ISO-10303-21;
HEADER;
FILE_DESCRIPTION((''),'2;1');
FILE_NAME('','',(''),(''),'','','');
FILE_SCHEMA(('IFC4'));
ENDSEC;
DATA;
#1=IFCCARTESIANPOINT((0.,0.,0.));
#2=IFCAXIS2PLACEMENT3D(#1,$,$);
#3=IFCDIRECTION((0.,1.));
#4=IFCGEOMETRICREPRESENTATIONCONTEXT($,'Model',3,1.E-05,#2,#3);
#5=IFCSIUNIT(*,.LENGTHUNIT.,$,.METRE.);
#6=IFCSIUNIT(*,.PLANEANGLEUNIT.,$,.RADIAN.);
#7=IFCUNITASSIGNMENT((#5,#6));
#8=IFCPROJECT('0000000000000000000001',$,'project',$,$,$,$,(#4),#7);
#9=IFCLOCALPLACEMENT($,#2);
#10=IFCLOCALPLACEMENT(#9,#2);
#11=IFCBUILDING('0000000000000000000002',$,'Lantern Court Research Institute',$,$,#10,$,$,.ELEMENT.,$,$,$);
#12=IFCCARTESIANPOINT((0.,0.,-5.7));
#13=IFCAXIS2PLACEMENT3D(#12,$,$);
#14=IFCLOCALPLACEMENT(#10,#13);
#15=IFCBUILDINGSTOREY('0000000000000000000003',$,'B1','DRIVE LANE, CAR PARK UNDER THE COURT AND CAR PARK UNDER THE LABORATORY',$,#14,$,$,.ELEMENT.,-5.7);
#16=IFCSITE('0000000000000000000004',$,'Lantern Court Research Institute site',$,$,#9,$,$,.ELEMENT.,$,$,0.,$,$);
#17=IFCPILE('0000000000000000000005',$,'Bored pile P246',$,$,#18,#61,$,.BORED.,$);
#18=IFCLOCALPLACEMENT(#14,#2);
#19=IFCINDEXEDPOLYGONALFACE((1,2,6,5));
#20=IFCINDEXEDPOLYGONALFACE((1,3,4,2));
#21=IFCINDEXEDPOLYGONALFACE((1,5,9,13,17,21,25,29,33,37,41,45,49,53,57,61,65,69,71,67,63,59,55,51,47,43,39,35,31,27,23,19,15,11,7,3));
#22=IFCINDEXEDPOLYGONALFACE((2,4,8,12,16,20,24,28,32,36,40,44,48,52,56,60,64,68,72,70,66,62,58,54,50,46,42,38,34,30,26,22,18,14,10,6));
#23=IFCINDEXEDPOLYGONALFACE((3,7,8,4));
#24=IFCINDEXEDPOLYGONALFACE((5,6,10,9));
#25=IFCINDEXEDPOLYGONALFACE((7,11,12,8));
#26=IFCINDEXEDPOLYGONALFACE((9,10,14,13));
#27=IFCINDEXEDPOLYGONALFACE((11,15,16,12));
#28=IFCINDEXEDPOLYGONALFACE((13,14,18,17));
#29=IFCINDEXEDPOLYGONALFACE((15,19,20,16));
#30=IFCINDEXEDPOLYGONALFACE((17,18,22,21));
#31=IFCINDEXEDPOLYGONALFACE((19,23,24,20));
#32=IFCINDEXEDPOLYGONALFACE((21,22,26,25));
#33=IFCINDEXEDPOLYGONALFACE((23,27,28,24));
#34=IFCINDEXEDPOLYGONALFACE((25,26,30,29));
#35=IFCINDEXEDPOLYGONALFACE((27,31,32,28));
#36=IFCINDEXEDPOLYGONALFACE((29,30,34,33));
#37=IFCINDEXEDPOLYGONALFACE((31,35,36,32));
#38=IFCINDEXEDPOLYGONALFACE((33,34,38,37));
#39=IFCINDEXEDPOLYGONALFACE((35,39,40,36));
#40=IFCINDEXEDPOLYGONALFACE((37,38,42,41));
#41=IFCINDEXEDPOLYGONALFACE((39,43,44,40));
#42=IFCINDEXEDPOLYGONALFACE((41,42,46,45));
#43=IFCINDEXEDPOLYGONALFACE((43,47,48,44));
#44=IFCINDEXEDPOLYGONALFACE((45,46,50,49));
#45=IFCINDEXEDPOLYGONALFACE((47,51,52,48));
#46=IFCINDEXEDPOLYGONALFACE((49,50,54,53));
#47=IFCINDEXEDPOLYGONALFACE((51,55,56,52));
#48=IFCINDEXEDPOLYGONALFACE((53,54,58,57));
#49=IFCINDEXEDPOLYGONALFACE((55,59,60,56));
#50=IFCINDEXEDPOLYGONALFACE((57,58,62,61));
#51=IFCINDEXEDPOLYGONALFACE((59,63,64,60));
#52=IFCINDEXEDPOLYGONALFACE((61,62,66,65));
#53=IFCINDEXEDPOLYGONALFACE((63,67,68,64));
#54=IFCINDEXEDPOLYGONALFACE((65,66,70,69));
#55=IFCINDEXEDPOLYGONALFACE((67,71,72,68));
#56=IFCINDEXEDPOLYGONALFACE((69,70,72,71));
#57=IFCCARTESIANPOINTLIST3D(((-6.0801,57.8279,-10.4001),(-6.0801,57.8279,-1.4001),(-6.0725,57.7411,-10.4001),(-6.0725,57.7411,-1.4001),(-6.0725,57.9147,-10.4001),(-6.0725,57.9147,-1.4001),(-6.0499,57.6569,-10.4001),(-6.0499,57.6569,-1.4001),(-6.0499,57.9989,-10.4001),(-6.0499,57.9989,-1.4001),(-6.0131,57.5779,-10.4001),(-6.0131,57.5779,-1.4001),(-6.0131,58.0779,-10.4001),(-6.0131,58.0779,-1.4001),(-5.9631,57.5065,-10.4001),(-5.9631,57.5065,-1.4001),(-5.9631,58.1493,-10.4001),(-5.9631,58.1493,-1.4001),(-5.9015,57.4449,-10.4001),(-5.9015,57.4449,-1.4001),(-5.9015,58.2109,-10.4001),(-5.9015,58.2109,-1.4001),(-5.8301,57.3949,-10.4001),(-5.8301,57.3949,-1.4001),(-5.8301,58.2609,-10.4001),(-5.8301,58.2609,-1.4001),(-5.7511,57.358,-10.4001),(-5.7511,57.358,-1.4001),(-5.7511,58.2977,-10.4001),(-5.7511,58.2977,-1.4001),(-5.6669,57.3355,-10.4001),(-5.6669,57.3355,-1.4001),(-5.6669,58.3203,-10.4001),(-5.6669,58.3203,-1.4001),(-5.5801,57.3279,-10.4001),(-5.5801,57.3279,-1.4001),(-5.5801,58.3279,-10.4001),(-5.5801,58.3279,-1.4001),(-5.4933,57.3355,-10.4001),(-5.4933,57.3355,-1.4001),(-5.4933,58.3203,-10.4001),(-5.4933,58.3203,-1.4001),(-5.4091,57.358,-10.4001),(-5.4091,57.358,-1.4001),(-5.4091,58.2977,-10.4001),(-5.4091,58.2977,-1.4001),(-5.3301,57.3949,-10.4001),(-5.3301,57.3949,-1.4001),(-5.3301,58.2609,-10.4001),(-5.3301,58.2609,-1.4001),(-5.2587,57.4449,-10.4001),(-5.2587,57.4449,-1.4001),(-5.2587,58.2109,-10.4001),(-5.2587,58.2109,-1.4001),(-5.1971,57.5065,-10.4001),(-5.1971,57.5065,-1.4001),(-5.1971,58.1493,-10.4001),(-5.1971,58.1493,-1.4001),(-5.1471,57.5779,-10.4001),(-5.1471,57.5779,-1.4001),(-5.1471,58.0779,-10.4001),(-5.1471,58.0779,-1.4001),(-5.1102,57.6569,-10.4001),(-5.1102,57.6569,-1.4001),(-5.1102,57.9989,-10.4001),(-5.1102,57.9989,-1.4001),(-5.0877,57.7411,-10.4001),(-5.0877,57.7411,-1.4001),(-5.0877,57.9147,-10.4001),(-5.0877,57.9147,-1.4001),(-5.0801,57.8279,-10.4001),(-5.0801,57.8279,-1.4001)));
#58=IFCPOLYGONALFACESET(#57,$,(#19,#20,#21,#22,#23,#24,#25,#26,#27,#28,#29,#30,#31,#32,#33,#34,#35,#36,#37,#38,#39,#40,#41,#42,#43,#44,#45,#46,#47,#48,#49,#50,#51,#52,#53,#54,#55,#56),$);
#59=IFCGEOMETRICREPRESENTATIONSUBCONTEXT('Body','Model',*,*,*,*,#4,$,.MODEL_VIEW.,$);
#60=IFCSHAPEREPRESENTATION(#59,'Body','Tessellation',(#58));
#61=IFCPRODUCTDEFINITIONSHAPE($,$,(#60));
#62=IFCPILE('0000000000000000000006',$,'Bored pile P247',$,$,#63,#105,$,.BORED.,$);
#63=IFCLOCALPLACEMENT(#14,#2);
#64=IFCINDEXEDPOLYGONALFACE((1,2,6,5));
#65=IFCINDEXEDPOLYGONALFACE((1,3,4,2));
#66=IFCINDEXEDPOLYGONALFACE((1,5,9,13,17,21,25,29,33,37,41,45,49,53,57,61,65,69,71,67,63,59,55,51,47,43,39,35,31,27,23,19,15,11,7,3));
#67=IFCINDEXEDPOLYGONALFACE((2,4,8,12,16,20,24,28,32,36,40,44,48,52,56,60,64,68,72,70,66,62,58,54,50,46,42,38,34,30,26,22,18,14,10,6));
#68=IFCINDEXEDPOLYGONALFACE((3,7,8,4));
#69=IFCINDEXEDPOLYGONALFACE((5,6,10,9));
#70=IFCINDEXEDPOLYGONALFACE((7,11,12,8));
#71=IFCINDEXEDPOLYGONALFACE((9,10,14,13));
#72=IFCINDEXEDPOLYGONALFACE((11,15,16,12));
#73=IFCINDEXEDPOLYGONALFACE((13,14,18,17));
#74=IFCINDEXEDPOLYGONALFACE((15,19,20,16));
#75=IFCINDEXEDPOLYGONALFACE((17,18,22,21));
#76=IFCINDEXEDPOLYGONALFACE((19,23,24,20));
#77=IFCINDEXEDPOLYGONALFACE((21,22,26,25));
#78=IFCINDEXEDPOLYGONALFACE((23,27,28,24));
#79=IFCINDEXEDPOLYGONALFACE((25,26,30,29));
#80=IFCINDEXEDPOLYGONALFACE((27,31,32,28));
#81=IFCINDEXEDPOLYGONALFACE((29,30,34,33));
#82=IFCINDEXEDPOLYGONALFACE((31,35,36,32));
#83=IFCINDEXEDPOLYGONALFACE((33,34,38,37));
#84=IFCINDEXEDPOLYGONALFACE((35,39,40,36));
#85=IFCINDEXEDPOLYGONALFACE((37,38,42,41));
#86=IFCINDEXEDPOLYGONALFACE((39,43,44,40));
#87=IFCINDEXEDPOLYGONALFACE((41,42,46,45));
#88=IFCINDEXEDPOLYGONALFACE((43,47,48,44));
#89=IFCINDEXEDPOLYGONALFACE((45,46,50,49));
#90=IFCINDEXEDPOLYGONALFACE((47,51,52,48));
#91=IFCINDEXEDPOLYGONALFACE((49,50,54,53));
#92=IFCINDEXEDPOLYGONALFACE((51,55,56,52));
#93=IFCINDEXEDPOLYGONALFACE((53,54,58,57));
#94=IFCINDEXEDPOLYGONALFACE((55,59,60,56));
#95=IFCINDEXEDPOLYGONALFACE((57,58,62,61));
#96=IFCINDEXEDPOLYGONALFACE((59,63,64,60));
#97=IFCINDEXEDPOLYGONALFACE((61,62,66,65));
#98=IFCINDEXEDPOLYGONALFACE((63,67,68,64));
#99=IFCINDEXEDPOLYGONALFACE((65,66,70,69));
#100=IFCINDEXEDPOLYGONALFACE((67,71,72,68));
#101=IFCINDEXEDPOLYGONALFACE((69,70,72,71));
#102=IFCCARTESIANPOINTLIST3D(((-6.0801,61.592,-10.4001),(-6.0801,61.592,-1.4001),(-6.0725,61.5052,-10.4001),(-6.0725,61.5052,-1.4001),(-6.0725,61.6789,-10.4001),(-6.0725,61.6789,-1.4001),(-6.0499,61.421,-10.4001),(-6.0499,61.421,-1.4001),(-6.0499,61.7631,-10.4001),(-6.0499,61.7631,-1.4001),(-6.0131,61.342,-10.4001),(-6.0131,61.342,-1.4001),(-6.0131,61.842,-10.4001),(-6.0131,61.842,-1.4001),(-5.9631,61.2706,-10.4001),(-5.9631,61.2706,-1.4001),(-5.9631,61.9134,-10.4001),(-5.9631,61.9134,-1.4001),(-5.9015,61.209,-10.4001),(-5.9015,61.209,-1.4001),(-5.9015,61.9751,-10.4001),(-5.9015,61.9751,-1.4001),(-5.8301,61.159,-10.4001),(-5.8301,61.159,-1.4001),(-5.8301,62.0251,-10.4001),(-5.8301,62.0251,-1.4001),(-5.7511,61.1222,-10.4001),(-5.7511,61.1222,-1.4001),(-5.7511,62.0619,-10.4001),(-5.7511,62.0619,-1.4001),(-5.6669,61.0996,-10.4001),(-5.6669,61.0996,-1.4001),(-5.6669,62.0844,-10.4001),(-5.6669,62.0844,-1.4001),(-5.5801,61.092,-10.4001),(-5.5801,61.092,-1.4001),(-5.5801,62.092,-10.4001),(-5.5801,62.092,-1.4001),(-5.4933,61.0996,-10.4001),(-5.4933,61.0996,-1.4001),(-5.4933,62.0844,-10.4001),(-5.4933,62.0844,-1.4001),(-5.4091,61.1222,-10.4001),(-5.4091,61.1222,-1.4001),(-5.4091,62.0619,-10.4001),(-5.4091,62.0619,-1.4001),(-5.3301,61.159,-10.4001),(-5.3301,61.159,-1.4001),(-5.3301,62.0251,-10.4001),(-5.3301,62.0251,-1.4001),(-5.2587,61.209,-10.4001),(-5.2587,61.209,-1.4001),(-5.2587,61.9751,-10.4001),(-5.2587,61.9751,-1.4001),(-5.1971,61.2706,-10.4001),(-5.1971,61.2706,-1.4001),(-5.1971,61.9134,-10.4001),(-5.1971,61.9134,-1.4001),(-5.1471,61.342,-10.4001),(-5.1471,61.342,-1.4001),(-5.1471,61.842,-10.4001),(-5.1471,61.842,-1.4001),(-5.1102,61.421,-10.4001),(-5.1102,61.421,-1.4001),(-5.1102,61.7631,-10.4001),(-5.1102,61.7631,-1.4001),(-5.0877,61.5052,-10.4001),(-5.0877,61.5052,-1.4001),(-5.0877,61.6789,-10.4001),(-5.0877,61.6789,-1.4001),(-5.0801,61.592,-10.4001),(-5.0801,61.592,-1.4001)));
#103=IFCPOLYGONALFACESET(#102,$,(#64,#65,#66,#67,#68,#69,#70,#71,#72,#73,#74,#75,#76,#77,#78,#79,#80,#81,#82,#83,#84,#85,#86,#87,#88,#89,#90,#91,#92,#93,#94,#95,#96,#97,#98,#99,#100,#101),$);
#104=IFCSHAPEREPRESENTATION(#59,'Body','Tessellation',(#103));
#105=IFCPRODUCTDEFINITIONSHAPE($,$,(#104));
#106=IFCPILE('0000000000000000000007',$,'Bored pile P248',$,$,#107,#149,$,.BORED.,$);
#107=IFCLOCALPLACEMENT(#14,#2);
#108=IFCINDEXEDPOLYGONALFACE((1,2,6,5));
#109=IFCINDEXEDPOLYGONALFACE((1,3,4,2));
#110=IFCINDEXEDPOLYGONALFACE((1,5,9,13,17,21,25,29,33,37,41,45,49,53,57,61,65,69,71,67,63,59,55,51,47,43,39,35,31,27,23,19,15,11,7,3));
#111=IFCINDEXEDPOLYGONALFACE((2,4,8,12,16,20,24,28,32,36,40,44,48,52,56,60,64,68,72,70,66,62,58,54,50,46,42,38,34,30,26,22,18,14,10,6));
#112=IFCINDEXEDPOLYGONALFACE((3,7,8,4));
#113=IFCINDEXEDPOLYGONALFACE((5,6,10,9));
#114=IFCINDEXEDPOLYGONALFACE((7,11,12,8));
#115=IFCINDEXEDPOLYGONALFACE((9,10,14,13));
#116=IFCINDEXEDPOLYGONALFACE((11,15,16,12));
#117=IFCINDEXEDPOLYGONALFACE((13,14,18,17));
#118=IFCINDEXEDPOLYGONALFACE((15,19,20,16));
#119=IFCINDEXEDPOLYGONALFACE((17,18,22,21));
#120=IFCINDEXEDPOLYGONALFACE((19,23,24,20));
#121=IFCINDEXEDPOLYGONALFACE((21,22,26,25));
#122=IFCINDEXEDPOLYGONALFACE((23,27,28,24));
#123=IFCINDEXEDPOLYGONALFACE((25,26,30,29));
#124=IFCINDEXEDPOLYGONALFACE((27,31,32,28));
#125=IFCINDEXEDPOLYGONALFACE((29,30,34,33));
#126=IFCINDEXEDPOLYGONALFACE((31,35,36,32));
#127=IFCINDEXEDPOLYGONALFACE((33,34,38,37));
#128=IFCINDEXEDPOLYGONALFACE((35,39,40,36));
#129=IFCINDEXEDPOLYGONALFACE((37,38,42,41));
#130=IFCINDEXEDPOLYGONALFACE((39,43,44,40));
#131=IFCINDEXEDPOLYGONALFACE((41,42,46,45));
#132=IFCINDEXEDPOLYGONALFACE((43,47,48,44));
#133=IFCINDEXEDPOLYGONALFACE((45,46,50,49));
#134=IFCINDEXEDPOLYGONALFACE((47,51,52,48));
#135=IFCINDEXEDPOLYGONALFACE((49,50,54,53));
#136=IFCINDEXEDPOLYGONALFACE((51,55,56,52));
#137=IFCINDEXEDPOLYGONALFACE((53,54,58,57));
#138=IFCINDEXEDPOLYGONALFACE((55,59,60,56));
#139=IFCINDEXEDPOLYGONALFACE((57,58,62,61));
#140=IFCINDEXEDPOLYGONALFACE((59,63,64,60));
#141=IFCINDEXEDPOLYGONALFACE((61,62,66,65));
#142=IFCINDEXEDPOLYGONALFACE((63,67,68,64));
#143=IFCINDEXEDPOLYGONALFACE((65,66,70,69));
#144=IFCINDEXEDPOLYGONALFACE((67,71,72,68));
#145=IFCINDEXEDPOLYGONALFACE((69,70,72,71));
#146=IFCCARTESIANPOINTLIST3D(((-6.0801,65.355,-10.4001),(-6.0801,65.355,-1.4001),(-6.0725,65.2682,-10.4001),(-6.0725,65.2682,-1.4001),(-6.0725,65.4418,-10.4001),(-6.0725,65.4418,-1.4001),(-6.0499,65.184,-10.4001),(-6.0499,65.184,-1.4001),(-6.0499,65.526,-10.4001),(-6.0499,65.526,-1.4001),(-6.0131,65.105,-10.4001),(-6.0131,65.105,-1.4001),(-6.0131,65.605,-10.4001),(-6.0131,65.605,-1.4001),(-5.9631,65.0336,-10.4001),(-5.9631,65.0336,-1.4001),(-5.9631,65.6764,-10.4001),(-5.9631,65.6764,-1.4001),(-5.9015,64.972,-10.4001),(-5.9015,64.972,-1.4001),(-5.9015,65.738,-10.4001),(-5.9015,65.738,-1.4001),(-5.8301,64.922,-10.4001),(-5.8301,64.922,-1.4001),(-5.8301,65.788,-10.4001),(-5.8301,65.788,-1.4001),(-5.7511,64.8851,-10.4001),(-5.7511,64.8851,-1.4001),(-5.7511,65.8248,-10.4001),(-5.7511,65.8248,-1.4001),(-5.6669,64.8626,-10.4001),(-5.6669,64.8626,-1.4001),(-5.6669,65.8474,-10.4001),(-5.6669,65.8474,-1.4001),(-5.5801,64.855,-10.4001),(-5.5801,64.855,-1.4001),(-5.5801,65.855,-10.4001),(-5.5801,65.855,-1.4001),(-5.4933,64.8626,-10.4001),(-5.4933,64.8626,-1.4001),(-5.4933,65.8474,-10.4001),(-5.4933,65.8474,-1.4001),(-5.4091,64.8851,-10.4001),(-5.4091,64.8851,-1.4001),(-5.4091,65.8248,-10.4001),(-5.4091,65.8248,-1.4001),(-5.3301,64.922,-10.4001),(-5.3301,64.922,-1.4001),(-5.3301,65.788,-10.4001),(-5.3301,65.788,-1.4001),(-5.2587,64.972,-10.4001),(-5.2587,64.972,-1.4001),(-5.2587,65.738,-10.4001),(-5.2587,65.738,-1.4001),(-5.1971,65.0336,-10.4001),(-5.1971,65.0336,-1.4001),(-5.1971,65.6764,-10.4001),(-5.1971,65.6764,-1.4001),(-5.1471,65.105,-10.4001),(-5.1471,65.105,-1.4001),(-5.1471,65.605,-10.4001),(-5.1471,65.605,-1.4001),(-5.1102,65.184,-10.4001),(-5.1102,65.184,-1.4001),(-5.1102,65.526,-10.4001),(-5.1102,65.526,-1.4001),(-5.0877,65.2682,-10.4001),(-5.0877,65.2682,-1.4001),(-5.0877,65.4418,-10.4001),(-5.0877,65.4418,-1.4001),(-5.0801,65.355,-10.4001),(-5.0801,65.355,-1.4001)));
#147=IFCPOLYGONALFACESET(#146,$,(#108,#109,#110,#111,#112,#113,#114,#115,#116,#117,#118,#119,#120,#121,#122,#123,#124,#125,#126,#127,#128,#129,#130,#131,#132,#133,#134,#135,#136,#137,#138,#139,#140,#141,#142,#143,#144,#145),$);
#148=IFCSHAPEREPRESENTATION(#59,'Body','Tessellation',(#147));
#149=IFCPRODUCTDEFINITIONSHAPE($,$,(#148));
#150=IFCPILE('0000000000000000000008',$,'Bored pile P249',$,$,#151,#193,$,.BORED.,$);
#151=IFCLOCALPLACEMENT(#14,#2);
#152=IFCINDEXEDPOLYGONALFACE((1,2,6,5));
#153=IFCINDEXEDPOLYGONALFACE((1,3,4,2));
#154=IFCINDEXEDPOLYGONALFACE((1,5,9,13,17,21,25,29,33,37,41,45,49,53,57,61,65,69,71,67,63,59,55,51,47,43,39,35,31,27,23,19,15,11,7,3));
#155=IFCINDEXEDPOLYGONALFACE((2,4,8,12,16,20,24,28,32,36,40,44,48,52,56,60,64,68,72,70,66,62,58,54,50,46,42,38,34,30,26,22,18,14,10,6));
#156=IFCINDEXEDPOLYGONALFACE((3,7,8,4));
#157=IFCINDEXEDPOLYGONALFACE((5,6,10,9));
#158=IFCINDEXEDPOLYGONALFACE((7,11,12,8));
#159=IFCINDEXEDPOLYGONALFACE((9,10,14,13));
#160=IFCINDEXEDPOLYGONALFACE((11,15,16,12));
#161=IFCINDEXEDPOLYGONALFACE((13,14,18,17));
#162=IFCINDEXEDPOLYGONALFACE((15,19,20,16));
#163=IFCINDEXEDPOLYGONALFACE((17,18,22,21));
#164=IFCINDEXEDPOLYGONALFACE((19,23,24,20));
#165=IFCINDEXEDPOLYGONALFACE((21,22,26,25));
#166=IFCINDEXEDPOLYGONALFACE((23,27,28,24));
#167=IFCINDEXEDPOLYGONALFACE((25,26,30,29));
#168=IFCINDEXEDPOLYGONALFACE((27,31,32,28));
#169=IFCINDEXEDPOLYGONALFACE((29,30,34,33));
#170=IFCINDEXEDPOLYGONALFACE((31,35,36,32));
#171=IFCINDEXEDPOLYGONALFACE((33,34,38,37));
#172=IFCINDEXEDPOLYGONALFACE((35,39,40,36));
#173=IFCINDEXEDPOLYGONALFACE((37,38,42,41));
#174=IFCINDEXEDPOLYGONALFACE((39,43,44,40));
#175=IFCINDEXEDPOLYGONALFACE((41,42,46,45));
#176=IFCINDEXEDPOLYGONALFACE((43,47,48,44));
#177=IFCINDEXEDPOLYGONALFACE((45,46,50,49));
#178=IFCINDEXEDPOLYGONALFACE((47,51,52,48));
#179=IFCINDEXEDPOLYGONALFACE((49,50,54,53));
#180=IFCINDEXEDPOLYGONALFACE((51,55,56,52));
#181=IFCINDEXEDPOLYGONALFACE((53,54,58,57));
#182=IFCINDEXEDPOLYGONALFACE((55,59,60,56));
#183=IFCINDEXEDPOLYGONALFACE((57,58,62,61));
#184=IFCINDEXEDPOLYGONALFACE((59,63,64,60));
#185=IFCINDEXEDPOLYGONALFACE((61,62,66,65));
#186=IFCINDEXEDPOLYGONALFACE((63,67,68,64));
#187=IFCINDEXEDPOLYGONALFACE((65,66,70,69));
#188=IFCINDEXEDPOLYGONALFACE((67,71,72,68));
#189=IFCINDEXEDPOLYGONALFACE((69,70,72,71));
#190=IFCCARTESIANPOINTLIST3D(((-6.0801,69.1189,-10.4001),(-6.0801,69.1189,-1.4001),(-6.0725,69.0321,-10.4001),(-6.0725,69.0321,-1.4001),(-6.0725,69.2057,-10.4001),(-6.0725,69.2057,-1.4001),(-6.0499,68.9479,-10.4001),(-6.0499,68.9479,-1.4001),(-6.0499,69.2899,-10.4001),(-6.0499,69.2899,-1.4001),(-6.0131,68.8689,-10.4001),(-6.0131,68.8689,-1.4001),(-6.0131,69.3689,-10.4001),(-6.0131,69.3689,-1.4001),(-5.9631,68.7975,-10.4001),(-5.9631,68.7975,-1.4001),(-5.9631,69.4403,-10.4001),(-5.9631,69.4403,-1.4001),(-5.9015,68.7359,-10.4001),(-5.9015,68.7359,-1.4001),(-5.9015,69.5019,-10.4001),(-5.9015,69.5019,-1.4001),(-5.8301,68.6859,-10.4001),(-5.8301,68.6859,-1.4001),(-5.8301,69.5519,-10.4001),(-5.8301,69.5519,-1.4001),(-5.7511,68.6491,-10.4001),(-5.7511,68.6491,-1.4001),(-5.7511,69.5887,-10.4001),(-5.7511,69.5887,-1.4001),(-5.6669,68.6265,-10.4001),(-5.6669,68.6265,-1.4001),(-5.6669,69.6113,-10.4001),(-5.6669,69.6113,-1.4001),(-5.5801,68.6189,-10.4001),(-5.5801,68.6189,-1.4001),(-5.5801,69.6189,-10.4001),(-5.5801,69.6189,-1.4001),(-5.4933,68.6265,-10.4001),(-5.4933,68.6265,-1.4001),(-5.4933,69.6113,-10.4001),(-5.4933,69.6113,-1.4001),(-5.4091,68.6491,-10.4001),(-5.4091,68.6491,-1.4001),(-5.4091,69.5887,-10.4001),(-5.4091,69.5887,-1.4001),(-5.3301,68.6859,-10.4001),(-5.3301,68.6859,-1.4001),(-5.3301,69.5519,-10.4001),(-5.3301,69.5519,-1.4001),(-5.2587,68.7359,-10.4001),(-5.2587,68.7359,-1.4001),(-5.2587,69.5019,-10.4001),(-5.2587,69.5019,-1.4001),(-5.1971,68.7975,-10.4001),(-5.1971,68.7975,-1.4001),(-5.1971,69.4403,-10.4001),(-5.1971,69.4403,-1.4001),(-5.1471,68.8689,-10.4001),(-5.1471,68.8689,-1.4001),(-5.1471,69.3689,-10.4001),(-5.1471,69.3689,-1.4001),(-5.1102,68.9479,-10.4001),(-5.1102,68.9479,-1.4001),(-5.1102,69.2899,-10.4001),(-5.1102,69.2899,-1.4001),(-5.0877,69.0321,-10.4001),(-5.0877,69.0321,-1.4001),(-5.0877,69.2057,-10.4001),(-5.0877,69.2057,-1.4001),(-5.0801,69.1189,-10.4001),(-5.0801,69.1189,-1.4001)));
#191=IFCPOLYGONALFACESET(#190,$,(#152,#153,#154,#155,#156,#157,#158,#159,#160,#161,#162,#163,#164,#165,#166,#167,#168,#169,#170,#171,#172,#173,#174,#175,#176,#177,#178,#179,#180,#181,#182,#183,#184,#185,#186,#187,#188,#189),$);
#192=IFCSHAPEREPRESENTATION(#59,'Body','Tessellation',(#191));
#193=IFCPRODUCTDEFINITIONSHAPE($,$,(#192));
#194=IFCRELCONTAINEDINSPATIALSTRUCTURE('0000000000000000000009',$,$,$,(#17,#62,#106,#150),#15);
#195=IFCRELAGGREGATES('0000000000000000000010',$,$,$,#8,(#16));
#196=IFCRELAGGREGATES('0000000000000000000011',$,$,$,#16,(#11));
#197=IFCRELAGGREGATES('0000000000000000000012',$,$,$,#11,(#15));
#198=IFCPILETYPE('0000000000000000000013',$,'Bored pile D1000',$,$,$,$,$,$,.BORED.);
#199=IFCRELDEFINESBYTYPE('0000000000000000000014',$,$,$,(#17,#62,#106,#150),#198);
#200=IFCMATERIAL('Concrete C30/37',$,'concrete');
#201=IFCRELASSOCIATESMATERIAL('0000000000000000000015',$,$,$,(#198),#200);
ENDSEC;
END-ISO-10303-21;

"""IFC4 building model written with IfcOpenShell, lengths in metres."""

from ifc_helpers import new_model, si_unit, direction, frame, origin, origin_2d, place, context, subcontext, project, spatial, circle, extrude, material, material_profile, profile_set, type_object, element, save


model = new_model("IFC4")

# Units and contexts
model_context = context("Model", 3, precision=1e-05, world=origin(), true_north=direction((0.0, 1.0)))
body_context = subcontext(model_context, "Body", "Model", "MODEL_VIEW")
ifc_project = project(units=[si_unit("LENGTHUNIT", "METRE"), si_unit("PLANEANGLEUNIT", "RADIAN")], contexts=[model_context])

# Site, building, storey
site_placement = place(None, origin())
site = spatial("IfcSite", under=ifc_project, at=site_placement, Name="Lantern Court Research Institute site", CompositionType="ELEMENT", RefElevation=0.0)
building_placement = place(site_placement, origin())
building = spatial("IfcBuilding", under=site, at=building_placement, Name="Lantern Court Research Institute", CompositionType="ELEMENT")
storey_placement = place(building_placement, frame((0.0, 0.0, -5.7)))
storey = spatial("IfcBuildingStorey", under=building, at=storey_placement, Name="B1", Description="DRIVE LANE, CAR PARK UNDER THE COURT AND CAR PARK UNDER THE LABORATORY", CompositionType="ELEMENT", Elevation=-5.7)

# Piles
ifc_material_1 = material(Name="Concrete C30/37", Category="concrete")
ifc_material_profile_1 = material_profile(ifc_material_1, circle(Radius=0.5, at=origin_2d()), Name="Bored pile D1000")
ifc_profile_set_1 = profile_set([ifc_material_profile_1], Name="Concrete C30/37")
pile_type_1 = type_object("IfcPileType", Name="Bored pile D1000", PredefinedType="BORED", material=ifc_profile_set_1)
for number, where, z_axis, x_axis, name in (
    (1, (-5.5801, 57.8279, -1.4001), (0.0, 0.0, -1.0), (1.0, 0.0, 0.0), "Bored pile P246"),
    (2, (-5.5801, 61.592, -1.4001), (0.0, 0.0, -1.0), (1.0, 0.0, 0.0), "Bored pile P247"),
    (3, (-5.5801, 65.355, -1.4001), (0.0, 0.0, -1.0), (1.0, 0.0, 0.0), "Bored pile P248"),
    (4, (-5.5801, 69.1189, -1.4001), (0.0, 0.0, -1.0), (1.0, 0.0, 0.0), "Bored pile P249"),
):
    element("IfcPile", number, at=place(storey_placement, frame(where, z_axis=z_axis, x_axis=x_axis)), inside=storey, type_object=pile_type_1, Name=name, PredefinedType="BORED", context=body_context, shape_type="SweptSolid", body=[
        extrude(circle(Radius=0.5, at=origin_2d()), origin(), (0.0, 0.0, 1.0), 9.0),
    ])

save(model, "model.ifc")
